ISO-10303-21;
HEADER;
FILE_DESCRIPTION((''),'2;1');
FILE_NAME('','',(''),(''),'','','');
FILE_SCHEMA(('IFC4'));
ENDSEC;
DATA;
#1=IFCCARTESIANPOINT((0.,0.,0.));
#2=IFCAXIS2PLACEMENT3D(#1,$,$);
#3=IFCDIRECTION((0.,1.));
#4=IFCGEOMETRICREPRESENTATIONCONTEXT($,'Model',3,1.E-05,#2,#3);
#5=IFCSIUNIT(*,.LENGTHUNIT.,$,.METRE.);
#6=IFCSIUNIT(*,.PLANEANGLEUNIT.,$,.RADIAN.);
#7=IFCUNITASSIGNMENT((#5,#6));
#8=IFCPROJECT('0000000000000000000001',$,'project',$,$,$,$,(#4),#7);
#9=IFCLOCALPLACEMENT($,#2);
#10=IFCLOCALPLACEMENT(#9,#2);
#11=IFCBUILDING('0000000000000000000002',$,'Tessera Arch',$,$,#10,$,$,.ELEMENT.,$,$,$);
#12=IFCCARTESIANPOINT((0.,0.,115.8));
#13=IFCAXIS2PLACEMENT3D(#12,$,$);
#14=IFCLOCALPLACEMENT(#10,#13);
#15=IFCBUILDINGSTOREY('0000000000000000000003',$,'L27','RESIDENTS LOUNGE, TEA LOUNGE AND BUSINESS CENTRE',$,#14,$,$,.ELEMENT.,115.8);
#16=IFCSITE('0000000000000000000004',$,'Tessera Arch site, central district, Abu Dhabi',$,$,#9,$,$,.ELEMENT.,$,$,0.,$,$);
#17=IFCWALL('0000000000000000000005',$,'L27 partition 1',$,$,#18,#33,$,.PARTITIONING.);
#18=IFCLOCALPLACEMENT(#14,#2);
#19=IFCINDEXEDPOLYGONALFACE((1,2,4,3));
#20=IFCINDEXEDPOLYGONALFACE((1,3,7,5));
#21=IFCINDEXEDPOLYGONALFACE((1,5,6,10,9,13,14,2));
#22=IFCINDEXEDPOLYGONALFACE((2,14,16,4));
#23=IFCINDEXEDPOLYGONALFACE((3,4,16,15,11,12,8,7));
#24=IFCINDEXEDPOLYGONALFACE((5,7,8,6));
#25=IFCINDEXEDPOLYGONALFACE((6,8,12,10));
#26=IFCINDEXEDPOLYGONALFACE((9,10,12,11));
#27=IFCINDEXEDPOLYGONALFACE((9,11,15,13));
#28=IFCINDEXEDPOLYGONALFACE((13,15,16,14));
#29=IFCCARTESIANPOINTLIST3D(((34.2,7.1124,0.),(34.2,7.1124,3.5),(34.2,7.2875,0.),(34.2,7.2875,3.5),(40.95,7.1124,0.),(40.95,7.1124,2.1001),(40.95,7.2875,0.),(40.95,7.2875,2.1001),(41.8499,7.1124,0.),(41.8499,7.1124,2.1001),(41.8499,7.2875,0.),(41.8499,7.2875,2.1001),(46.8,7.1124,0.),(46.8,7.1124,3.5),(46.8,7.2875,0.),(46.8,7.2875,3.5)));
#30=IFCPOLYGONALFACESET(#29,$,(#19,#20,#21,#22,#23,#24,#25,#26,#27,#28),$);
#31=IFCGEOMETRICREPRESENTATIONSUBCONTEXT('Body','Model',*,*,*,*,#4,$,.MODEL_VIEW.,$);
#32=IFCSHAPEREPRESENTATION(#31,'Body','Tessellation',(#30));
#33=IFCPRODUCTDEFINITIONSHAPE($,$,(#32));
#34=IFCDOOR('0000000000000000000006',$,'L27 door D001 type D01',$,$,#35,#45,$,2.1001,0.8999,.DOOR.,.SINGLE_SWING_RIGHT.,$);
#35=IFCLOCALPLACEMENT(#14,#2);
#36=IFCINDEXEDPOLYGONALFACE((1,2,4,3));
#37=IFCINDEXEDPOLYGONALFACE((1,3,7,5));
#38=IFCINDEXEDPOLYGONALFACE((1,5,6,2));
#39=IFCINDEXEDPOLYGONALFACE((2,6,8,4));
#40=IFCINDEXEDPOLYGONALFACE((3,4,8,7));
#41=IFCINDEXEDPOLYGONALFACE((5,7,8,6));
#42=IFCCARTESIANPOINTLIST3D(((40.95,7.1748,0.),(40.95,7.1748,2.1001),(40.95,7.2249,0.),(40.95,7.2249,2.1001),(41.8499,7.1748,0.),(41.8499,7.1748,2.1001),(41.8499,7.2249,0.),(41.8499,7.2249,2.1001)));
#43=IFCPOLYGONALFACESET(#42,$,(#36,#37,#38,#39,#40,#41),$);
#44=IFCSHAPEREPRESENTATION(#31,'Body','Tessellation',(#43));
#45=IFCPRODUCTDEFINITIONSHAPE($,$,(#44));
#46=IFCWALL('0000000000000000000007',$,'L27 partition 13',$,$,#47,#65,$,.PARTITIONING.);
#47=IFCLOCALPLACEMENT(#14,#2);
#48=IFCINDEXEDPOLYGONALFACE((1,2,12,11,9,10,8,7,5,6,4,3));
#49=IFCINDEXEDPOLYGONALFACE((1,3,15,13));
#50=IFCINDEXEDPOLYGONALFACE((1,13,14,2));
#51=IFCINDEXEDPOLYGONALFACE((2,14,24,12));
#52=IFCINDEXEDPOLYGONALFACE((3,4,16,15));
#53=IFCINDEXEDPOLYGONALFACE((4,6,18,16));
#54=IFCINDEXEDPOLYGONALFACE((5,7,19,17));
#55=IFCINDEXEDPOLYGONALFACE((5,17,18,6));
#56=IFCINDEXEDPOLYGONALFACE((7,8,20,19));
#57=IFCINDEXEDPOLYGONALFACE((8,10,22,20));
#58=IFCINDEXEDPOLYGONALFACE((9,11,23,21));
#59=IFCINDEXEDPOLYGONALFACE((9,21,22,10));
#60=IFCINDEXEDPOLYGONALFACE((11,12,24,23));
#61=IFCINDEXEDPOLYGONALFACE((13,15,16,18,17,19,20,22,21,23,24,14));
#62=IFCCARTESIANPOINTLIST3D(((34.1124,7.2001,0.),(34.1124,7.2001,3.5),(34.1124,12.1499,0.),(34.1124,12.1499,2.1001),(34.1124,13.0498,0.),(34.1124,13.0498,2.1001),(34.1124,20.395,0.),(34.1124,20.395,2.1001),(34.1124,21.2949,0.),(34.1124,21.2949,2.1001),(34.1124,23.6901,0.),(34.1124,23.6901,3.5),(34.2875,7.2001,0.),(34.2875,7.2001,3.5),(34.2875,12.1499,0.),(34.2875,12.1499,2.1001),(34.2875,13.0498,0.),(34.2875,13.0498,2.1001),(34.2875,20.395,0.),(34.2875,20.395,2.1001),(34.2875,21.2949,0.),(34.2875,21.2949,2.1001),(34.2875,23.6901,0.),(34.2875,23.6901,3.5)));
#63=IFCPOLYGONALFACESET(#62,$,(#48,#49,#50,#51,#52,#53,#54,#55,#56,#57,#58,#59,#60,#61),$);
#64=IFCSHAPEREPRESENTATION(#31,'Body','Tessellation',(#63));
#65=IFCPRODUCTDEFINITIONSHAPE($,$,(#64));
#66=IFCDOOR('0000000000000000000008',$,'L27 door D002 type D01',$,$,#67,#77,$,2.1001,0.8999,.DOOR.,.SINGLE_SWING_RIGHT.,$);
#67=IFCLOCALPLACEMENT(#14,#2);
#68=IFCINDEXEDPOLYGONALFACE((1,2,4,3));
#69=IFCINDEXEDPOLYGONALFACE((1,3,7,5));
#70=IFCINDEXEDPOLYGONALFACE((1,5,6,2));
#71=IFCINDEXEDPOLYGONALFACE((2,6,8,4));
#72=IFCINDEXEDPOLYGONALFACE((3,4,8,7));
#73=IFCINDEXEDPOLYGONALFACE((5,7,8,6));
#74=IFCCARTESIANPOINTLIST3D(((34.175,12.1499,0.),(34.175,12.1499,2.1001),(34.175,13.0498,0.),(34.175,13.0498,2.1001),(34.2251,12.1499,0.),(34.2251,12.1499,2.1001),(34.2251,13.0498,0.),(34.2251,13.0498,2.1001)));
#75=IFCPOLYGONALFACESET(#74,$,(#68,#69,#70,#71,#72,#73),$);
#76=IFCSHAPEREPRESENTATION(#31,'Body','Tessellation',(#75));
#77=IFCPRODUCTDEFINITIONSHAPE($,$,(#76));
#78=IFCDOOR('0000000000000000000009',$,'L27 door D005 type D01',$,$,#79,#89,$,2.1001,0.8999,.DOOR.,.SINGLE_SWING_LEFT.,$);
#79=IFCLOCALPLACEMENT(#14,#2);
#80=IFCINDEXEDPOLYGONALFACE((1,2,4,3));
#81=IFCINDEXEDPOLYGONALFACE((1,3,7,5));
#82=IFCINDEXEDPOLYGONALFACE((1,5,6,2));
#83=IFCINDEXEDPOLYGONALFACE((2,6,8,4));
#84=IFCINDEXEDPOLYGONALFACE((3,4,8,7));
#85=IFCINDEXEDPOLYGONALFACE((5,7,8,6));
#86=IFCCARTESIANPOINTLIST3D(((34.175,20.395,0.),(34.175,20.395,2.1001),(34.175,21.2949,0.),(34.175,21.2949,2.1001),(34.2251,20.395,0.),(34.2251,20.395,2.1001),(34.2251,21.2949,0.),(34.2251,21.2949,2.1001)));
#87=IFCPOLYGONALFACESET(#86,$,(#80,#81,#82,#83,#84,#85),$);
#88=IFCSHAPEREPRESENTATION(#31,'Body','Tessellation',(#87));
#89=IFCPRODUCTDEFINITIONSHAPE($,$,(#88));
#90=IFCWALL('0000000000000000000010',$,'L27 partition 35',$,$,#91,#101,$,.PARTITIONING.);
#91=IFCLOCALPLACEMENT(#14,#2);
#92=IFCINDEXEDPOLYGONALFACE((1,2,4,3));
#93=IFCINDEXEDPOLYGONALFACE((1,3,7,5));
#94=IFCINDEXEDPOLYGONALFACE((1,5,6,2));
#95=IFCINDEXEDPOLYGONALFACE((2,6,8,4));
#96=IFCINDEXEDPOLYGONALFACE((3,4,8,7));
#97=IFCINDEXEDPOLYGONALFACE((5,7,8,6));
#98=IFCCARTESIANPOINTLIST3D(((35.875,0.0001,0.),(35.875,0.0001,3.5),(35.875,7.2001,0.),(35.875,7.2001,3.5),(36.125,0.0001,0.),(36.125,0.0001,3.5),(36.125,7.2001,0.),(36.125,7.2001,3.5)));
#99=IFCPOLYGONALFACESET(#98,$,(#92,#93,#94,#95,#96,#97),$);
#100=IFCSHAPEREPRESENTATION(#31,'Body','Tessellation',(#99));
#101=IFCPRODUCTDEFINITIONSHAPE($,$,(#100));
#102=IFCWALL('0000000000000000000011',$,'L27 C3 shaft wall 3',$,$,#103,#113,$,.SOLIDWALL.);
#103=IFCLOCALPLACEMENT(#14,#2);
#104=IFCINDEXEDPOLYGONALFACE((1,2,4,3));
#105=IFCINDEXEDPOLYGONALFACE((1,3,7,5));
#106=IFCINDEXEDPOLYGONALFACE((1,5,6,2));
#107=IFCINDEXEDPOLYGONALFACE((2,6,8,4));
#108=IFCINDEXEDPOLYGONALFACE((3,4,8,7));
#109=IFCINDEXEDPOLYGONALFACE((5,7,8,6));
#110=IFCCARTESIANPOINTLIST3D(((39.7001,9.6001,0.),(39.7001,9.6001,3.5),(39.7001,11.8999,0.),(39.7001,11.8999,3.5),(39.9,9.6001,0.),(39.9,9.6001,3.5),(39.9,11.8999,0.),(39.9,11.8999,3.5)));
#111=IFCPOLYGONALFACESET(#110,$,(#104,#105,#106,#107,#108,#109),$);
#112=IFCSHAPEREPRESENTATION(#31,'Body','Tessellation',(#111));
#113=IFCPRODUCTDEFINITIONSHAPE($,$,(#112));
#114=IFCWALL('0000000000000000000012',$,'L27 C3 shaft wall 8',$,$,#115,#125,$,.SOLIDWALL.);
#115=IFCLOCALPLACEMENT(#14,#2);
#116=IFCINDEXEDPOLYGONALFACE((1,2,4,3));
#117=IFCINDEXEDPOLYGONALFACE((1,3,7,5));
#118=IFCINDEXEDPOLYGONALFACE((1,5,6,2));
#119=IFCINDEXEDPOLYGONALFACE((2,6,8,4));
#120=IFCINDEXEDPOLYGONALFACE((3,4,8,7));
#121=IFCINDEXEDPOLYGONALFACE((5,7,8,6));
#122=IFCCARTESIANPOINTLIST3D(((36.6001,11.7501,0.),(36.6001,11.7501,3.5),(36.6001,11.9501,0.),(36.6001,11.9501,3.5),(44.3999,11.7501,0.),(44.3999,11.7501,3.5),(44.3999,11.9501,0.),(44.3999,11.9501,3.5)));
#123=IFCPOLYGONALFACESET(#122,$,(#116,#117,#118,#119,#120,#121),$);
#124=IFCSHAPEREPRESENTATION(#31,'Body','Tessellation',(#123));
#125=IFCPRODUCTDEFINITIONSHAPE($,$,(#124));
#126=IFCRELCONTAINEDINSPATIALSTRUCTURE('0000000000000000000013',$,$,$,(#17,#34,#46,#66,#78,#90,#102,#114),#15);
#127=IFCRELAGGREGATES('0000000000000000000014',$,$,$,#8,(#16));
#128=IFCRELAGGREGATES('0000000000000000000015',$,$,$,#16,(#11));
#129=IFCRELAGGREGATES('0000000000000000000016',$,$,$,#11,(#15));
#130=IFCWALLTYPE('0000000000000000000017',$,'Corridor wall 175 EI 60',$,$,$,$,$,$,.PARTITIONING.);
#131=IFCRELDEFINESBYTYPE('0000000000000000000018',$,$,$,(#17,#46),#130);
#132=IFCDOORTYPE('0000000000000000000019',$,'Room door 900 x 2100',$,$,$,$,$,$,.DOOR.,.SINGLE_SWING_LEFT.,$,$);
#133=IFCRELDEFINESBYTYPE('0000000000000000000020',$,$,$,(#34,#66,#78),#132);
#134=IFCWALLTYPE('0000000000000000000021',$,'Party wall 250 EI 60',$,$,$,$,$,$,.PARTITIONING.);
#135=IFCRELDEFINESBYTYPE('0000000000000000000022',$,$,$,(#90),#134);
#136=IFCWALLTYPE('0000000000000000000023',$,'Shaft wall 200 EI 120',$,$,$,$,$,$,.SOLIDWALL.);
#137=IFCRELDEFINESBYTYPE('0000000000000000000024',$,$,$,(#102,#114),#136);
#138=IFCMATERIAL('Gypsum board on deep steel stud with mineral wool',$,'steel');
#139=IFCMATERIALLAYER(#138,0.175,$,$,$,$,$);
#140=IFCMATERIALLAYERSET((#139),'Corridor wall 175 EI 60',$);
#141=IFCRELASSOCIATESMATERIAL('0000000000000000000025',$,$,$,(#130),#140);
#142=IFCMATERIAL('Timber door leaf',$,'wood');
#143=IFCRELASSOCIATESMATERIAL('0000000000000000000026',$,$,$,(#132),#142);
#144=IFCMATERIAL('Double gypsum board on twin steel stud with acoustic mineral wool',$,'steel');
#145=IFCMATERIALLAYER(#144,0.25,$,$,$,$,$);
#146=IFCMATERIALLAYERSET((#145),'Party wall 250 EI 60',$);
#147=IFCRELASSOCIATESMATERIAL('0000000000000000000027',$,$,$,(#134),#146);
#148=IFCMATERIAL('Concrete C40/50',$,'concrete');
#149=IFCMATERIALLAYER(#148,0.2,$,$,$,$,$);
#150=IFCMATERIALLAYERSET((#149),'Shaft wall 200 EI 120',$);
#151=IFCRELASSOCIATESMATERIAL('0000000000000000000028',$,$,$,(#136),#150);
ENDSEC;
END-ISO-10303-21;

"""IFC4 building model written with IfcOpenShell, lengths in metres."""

from ifc_helpers import new_model, si_unit, direction, frame, frame_2d, origin, place, context, subcontext, project, spatial, rectangle, extrude, material, layer, layer_set, type_object, element, fill, save


model = new_model("IFC4")

# Units and contexts
model_context = context("Model", 3, precision=1e-05, world=origin(), true_north=direction((0.0, 1.0)))
body_context = subcontext(model_context, "Body", "Model", "MODEL_VIEW")
ifc_project = project(units=[si_unit("LENGTHUNIT", "METRE"), si_unit("PLANEANGLEUNIT", "RADIAN")], contexts=[model_context])

# Site, building, storey
site_placement = place(None, origin())
site = spatial("IfcSite", under=ifc_project, at=site_placement, Name="Tessera Arch site, central district, Abu Dhabi", CompositionType="ELEMENT", RefElevation=0.0)
building_placement = place(site_placement, origin())
building = spatial("IfcBuilding", under=site, at=building_placement, Name="Tessera Arch", CompositionType="ELEMENT")
storey_placement = place(building_placement, frame((0.0, 0.0, 115.8)))
storey = spatial("IfcBuildingStorey", under=building, at=storey_placement, Name="L27", Description="RESIDENTS LOUNGE, TEA LOUNGE AND BUSINESS CENTRE", CompositionType="ELEMENT", Elevation=115.8)

# Wall, opening, door
ifc_material_1 = material(Name="Gypsum board on deep steel stud with mineral wool", Category="steel")
ifc_layer_1 = layer(ifc_material_1, 0.175)
ifc_layer_set_1 = layer_set([ifc_layer_1], Name="Corridor wall 175 EI 60")
wall_type_1 = type_object("IfcWallType", Name="Corridor wall 175 EI 60", PredefinedType="PARTITIONING", material=ifc_layer_set_1)
wall_1_placement = place(storey_placement, frame((34.2, 7.2, 0.0), z_axis=(0.0, 0.0, 1.0), x_axis=(1.0, 0.0, 0.0)))
wall_1 = element("IfcWall", 1, at=wall_1_placement, inside=storey, type_object=wall_type_1, Name="L27 partition 1", PredefinedType="PARTITIONING", context=body_context, shape_type="SweptSolid", body=[
    extrude(rectangle(XDim=12.6001, YDim=0.175, at=frame_2d((6.3, 0.0))), origin(), (0.0, 0.0, 1.0), 3.5),
])
opening_1_placement = place(wall_1_placement, frame((6.75, 0.0, 0.0)))
opening_1 = element("IfcOpeningElement", 2, at=opening_1_placement, cuts=wall_1, PredefinedType="OPENING", context=body_context, shape_type="SweptSolid", body=[
    extrude(rectangle(XDim=0.8999, YDim=2.1001, at=frame_2d((0.45, 1.05))), frame((0.0, 0.0974, 0.0), z_axis=(0.0, -1.0, 0.0), x_axis=(1.0, 0.0, 0.0)), (0.0, 0.0, 1.0), 0.1951),
])
ifc_material_2 = material(Name="Timber door leaf", Category="wood")
door_type_1 = type_object("IfcDoorType", Name="Room door 900 x 2100", OperationType="SINGLE_SWING_LEFT", PredefinedType="DOOR", material=ifc_material_2)
door_1_placement = place(opening_1_placement, origin())
door_1 = element("IfcDoor", 3, at=door_1_placement, inside=storey, type_object=door_type_1, Name="L27 door D001 type D01", OperationType="SINGLE_SWING_RIGHT", OverallHeight=2.1001, OverallWidth=0.8999, PredefinedType="DOOR", context=body_context, shape_type="SweptSolid", body=[
    extrude(rectangle(XDim=0.8999, YDim=2.1001, at=frame_2d((0.45, 1.05))), frame((0.0, 0.0249, 0.0), z_axis=(0.0, -1.0, 0.0), x_axis=(1.0, 0.0, 0.0)), (0.0, 0.0, 1.0), 0.05),
])
fill(opening_1, door_1)

# Wall, openings, doors
wall_2_placement = place(storey_placement, frame((34.2, 7.2, 0.0), z_axis=(0.0, 0.0, 1.0), x_axis=(0.0, 1.0, 0.0)))
wall_2 = element("IfcWall", 4, at=wall_2_placement, inside=storey, type_object=wall_type_1, Name="L27 partition 13", PredefinedType="PARTITIONING", context=body_context, shape_type="SweptSolid", body=[
    extrude(rectangle(XDim=16.49, YDim=0.175, at=frame_2d((8.2451, 0.0))), origin(), (0.0, 0.0, 1.0), 3.5),
])
opening_2_placement = place(wall_2_placement, frame((4.95, 0.0, 0.0)))
opening_2 = element("IfcOpeningElement", 5, at=opening_2_placement, cuts=wall_2, PredefinedType="OPENING", context=body_context, shape_type="SweptSolid", body=[
    extrude(rectangle(XDim=0.8999, YDim=2.1001, at=frame_2d((0.45, 1.05))), frame((0.0, 0.0974, 0.0), z_axis=(0.0, -1.0, 0.0), x_axis=(1.0, 0.0, 0.0)), (0.0, 0.0, 1.0), 0.1951),
])
opening_3_placement = place(wall_2_placement, frame((13.1951, 0.0, 0.0)))
opening_3 = element("IfcOpeningElement", 6, at=opening_3_placement, cuts=wall_2, PredefinedType="OPENING", context=body_context, shape_type="SweptSolid", body=[
    extrude(rectangle(XDim=0.8999, YDim=2.1001, at=frame_2d((0.45, 1.05))), frame((0.0, 0.0974, 0.0), z_axis=(0.0, -1.0, 0.0), x_axis=(1.0, 0.0, 0.0)), (0.0, 0.0, 1.0), 0.1951),
])
door_2_placement = place(opening_2_placement, origin())
door_2 = element("IfcDoor", 7, at=door_2_placement, inside=storey, type_object=door_type_1, Name="L27 door D002 type D01", OperationType="SINGLE_SWING_RIGHT", OverallHeight=2.1001, OverallWidth=0.8999, PredefinedType="DOOR", context=body_context, shape_type="SweptSolid", body=[
    extrude(rectangle(XDim=0.8999, YDim=2.1001, at=frame_2d((0.45, 1.05))), frame((0.0, 0.0249, 0.0), z_axis=(0.0, -1.0, 0.0), x_axis=(1.0, 0.0, 0.0)), (0.0, 0.0, 1.0), 0.05),
])
fill(opening_2, door_2)
door_3_placement = place(opening_3_placement, origin())
door_3 = element("IfcDoor", 8, at=door_3_placement, inside=storey, type_object=door_type_1, Name="L27 door D005 type D01", OperationType="SINGLE_SWING_LEFT", OverallHeight=2.1001, OverallWidth=0.8999, PredefinedType="DOOR", context=body_context, shape_type="SweptSolid", body=[
    extrude(rectangle(XDim=0.8999, YDim=2.1001, at=frame_2d((0.45, 1.05))), frame((0.0, 0.0249, 0.0), z_axis=(0.0, -1.0, 0.0), x_axis=(1.0, 0.0, 0.0)), (0.0, 0.0, 1.0), 0.05),
])
fill(opening_3, door_3)

# Walls
ifc_material_3 = material(Name="Double gypsum board on twin steel stud with acoustic mineral wool", Category="steel")
ifc_layer_2 = layer(ifc_material_3, 0.25)
ifc_layer_set_2 = layer_set([ifc_layer_2], Name="Party wall 250 EI 60")
wall_type_2 = type_object("IfcWallType", Name="Party wall 250 EI 60", PredefinedType="PARTITIONING", material=ifc_layer_set_2)
wall_3_placement = place(storey_placement, frame((36.0, 0.0, 0.0), z_axis=(0.0, 0.0, 1.0), x_axis=(0.0, 1.0, 0.0)))
element("IfcWall", 9, at=wall_3_placement, inside=storey, type_object=wall_type_2, Name="L27 partition 35", PredefinedType="PARTITIONING", context=body_context, shape_type="SweptSolid", body=[
    extrude(rectangle(XDim=7.2, YDim=0.25, at=frame_2d((3.6001, 0.0))), origin(), (0.0, 0.0, 1.0), 3.5),
])
ifc_material_4 = material(Name="Concrete C40/50", Category="concrete")
ifc_layer_3 = layer(ifc_material_4, 0.2)
ifc_layer_set_3 = layer_set([ifc_layer_3], Name="Shaft wall 200 EI 120")
wall_type_3 = type_object("IfcWallType", Name="Shaft wall 200 EI 120", PredefinedType="SOLIDWALL", material=ifc_layer_set_3)
wall_4_placement = place(storey_placement, frame((39.8, 9.6001, 0.0), z_axis=(0.0, 0.0, 1.0), x_axis=(0.0, 1.0, 0.0)))
element("IfcWall", 10, at=wall_4_placement, inside=storey, type_object=wall_type_3, Name="L27 C3 shaft wall 3", PredefinedType="SOLIDWALL", context=body_context, shape_type="SweptSolid", body=[
    extrude(rectangle(XDim=2.2998, YDim=0.2, at=frame_2d((1.1499, 0.0))), origin(), (0.0, 0.0, 1.0), 3.5),
])
wall_5_placement = place(storey_placement, frame((36.6001, 11.8501, 0.0), z_axis=(0.0, 0.0, 1.0), x_axis=(1.0, 0.0, 0.0)))
element("IfcWall", 11, at=wall_5_placement, inside=storey, type_object=wall_type_3, Name="L27 C3 shaft wall 8", PredefinedType="SOLIDWALL", context=body_context, shape_type="SweptSolid", body=[
    extrude(rectangle(XDim=7.7998, YDim=0.2, at=frame_2d((3.8999, 0.0))), origin(), (0.0, 0.0, 1.0), 3.5),
])

save(model, "model.ifc")
